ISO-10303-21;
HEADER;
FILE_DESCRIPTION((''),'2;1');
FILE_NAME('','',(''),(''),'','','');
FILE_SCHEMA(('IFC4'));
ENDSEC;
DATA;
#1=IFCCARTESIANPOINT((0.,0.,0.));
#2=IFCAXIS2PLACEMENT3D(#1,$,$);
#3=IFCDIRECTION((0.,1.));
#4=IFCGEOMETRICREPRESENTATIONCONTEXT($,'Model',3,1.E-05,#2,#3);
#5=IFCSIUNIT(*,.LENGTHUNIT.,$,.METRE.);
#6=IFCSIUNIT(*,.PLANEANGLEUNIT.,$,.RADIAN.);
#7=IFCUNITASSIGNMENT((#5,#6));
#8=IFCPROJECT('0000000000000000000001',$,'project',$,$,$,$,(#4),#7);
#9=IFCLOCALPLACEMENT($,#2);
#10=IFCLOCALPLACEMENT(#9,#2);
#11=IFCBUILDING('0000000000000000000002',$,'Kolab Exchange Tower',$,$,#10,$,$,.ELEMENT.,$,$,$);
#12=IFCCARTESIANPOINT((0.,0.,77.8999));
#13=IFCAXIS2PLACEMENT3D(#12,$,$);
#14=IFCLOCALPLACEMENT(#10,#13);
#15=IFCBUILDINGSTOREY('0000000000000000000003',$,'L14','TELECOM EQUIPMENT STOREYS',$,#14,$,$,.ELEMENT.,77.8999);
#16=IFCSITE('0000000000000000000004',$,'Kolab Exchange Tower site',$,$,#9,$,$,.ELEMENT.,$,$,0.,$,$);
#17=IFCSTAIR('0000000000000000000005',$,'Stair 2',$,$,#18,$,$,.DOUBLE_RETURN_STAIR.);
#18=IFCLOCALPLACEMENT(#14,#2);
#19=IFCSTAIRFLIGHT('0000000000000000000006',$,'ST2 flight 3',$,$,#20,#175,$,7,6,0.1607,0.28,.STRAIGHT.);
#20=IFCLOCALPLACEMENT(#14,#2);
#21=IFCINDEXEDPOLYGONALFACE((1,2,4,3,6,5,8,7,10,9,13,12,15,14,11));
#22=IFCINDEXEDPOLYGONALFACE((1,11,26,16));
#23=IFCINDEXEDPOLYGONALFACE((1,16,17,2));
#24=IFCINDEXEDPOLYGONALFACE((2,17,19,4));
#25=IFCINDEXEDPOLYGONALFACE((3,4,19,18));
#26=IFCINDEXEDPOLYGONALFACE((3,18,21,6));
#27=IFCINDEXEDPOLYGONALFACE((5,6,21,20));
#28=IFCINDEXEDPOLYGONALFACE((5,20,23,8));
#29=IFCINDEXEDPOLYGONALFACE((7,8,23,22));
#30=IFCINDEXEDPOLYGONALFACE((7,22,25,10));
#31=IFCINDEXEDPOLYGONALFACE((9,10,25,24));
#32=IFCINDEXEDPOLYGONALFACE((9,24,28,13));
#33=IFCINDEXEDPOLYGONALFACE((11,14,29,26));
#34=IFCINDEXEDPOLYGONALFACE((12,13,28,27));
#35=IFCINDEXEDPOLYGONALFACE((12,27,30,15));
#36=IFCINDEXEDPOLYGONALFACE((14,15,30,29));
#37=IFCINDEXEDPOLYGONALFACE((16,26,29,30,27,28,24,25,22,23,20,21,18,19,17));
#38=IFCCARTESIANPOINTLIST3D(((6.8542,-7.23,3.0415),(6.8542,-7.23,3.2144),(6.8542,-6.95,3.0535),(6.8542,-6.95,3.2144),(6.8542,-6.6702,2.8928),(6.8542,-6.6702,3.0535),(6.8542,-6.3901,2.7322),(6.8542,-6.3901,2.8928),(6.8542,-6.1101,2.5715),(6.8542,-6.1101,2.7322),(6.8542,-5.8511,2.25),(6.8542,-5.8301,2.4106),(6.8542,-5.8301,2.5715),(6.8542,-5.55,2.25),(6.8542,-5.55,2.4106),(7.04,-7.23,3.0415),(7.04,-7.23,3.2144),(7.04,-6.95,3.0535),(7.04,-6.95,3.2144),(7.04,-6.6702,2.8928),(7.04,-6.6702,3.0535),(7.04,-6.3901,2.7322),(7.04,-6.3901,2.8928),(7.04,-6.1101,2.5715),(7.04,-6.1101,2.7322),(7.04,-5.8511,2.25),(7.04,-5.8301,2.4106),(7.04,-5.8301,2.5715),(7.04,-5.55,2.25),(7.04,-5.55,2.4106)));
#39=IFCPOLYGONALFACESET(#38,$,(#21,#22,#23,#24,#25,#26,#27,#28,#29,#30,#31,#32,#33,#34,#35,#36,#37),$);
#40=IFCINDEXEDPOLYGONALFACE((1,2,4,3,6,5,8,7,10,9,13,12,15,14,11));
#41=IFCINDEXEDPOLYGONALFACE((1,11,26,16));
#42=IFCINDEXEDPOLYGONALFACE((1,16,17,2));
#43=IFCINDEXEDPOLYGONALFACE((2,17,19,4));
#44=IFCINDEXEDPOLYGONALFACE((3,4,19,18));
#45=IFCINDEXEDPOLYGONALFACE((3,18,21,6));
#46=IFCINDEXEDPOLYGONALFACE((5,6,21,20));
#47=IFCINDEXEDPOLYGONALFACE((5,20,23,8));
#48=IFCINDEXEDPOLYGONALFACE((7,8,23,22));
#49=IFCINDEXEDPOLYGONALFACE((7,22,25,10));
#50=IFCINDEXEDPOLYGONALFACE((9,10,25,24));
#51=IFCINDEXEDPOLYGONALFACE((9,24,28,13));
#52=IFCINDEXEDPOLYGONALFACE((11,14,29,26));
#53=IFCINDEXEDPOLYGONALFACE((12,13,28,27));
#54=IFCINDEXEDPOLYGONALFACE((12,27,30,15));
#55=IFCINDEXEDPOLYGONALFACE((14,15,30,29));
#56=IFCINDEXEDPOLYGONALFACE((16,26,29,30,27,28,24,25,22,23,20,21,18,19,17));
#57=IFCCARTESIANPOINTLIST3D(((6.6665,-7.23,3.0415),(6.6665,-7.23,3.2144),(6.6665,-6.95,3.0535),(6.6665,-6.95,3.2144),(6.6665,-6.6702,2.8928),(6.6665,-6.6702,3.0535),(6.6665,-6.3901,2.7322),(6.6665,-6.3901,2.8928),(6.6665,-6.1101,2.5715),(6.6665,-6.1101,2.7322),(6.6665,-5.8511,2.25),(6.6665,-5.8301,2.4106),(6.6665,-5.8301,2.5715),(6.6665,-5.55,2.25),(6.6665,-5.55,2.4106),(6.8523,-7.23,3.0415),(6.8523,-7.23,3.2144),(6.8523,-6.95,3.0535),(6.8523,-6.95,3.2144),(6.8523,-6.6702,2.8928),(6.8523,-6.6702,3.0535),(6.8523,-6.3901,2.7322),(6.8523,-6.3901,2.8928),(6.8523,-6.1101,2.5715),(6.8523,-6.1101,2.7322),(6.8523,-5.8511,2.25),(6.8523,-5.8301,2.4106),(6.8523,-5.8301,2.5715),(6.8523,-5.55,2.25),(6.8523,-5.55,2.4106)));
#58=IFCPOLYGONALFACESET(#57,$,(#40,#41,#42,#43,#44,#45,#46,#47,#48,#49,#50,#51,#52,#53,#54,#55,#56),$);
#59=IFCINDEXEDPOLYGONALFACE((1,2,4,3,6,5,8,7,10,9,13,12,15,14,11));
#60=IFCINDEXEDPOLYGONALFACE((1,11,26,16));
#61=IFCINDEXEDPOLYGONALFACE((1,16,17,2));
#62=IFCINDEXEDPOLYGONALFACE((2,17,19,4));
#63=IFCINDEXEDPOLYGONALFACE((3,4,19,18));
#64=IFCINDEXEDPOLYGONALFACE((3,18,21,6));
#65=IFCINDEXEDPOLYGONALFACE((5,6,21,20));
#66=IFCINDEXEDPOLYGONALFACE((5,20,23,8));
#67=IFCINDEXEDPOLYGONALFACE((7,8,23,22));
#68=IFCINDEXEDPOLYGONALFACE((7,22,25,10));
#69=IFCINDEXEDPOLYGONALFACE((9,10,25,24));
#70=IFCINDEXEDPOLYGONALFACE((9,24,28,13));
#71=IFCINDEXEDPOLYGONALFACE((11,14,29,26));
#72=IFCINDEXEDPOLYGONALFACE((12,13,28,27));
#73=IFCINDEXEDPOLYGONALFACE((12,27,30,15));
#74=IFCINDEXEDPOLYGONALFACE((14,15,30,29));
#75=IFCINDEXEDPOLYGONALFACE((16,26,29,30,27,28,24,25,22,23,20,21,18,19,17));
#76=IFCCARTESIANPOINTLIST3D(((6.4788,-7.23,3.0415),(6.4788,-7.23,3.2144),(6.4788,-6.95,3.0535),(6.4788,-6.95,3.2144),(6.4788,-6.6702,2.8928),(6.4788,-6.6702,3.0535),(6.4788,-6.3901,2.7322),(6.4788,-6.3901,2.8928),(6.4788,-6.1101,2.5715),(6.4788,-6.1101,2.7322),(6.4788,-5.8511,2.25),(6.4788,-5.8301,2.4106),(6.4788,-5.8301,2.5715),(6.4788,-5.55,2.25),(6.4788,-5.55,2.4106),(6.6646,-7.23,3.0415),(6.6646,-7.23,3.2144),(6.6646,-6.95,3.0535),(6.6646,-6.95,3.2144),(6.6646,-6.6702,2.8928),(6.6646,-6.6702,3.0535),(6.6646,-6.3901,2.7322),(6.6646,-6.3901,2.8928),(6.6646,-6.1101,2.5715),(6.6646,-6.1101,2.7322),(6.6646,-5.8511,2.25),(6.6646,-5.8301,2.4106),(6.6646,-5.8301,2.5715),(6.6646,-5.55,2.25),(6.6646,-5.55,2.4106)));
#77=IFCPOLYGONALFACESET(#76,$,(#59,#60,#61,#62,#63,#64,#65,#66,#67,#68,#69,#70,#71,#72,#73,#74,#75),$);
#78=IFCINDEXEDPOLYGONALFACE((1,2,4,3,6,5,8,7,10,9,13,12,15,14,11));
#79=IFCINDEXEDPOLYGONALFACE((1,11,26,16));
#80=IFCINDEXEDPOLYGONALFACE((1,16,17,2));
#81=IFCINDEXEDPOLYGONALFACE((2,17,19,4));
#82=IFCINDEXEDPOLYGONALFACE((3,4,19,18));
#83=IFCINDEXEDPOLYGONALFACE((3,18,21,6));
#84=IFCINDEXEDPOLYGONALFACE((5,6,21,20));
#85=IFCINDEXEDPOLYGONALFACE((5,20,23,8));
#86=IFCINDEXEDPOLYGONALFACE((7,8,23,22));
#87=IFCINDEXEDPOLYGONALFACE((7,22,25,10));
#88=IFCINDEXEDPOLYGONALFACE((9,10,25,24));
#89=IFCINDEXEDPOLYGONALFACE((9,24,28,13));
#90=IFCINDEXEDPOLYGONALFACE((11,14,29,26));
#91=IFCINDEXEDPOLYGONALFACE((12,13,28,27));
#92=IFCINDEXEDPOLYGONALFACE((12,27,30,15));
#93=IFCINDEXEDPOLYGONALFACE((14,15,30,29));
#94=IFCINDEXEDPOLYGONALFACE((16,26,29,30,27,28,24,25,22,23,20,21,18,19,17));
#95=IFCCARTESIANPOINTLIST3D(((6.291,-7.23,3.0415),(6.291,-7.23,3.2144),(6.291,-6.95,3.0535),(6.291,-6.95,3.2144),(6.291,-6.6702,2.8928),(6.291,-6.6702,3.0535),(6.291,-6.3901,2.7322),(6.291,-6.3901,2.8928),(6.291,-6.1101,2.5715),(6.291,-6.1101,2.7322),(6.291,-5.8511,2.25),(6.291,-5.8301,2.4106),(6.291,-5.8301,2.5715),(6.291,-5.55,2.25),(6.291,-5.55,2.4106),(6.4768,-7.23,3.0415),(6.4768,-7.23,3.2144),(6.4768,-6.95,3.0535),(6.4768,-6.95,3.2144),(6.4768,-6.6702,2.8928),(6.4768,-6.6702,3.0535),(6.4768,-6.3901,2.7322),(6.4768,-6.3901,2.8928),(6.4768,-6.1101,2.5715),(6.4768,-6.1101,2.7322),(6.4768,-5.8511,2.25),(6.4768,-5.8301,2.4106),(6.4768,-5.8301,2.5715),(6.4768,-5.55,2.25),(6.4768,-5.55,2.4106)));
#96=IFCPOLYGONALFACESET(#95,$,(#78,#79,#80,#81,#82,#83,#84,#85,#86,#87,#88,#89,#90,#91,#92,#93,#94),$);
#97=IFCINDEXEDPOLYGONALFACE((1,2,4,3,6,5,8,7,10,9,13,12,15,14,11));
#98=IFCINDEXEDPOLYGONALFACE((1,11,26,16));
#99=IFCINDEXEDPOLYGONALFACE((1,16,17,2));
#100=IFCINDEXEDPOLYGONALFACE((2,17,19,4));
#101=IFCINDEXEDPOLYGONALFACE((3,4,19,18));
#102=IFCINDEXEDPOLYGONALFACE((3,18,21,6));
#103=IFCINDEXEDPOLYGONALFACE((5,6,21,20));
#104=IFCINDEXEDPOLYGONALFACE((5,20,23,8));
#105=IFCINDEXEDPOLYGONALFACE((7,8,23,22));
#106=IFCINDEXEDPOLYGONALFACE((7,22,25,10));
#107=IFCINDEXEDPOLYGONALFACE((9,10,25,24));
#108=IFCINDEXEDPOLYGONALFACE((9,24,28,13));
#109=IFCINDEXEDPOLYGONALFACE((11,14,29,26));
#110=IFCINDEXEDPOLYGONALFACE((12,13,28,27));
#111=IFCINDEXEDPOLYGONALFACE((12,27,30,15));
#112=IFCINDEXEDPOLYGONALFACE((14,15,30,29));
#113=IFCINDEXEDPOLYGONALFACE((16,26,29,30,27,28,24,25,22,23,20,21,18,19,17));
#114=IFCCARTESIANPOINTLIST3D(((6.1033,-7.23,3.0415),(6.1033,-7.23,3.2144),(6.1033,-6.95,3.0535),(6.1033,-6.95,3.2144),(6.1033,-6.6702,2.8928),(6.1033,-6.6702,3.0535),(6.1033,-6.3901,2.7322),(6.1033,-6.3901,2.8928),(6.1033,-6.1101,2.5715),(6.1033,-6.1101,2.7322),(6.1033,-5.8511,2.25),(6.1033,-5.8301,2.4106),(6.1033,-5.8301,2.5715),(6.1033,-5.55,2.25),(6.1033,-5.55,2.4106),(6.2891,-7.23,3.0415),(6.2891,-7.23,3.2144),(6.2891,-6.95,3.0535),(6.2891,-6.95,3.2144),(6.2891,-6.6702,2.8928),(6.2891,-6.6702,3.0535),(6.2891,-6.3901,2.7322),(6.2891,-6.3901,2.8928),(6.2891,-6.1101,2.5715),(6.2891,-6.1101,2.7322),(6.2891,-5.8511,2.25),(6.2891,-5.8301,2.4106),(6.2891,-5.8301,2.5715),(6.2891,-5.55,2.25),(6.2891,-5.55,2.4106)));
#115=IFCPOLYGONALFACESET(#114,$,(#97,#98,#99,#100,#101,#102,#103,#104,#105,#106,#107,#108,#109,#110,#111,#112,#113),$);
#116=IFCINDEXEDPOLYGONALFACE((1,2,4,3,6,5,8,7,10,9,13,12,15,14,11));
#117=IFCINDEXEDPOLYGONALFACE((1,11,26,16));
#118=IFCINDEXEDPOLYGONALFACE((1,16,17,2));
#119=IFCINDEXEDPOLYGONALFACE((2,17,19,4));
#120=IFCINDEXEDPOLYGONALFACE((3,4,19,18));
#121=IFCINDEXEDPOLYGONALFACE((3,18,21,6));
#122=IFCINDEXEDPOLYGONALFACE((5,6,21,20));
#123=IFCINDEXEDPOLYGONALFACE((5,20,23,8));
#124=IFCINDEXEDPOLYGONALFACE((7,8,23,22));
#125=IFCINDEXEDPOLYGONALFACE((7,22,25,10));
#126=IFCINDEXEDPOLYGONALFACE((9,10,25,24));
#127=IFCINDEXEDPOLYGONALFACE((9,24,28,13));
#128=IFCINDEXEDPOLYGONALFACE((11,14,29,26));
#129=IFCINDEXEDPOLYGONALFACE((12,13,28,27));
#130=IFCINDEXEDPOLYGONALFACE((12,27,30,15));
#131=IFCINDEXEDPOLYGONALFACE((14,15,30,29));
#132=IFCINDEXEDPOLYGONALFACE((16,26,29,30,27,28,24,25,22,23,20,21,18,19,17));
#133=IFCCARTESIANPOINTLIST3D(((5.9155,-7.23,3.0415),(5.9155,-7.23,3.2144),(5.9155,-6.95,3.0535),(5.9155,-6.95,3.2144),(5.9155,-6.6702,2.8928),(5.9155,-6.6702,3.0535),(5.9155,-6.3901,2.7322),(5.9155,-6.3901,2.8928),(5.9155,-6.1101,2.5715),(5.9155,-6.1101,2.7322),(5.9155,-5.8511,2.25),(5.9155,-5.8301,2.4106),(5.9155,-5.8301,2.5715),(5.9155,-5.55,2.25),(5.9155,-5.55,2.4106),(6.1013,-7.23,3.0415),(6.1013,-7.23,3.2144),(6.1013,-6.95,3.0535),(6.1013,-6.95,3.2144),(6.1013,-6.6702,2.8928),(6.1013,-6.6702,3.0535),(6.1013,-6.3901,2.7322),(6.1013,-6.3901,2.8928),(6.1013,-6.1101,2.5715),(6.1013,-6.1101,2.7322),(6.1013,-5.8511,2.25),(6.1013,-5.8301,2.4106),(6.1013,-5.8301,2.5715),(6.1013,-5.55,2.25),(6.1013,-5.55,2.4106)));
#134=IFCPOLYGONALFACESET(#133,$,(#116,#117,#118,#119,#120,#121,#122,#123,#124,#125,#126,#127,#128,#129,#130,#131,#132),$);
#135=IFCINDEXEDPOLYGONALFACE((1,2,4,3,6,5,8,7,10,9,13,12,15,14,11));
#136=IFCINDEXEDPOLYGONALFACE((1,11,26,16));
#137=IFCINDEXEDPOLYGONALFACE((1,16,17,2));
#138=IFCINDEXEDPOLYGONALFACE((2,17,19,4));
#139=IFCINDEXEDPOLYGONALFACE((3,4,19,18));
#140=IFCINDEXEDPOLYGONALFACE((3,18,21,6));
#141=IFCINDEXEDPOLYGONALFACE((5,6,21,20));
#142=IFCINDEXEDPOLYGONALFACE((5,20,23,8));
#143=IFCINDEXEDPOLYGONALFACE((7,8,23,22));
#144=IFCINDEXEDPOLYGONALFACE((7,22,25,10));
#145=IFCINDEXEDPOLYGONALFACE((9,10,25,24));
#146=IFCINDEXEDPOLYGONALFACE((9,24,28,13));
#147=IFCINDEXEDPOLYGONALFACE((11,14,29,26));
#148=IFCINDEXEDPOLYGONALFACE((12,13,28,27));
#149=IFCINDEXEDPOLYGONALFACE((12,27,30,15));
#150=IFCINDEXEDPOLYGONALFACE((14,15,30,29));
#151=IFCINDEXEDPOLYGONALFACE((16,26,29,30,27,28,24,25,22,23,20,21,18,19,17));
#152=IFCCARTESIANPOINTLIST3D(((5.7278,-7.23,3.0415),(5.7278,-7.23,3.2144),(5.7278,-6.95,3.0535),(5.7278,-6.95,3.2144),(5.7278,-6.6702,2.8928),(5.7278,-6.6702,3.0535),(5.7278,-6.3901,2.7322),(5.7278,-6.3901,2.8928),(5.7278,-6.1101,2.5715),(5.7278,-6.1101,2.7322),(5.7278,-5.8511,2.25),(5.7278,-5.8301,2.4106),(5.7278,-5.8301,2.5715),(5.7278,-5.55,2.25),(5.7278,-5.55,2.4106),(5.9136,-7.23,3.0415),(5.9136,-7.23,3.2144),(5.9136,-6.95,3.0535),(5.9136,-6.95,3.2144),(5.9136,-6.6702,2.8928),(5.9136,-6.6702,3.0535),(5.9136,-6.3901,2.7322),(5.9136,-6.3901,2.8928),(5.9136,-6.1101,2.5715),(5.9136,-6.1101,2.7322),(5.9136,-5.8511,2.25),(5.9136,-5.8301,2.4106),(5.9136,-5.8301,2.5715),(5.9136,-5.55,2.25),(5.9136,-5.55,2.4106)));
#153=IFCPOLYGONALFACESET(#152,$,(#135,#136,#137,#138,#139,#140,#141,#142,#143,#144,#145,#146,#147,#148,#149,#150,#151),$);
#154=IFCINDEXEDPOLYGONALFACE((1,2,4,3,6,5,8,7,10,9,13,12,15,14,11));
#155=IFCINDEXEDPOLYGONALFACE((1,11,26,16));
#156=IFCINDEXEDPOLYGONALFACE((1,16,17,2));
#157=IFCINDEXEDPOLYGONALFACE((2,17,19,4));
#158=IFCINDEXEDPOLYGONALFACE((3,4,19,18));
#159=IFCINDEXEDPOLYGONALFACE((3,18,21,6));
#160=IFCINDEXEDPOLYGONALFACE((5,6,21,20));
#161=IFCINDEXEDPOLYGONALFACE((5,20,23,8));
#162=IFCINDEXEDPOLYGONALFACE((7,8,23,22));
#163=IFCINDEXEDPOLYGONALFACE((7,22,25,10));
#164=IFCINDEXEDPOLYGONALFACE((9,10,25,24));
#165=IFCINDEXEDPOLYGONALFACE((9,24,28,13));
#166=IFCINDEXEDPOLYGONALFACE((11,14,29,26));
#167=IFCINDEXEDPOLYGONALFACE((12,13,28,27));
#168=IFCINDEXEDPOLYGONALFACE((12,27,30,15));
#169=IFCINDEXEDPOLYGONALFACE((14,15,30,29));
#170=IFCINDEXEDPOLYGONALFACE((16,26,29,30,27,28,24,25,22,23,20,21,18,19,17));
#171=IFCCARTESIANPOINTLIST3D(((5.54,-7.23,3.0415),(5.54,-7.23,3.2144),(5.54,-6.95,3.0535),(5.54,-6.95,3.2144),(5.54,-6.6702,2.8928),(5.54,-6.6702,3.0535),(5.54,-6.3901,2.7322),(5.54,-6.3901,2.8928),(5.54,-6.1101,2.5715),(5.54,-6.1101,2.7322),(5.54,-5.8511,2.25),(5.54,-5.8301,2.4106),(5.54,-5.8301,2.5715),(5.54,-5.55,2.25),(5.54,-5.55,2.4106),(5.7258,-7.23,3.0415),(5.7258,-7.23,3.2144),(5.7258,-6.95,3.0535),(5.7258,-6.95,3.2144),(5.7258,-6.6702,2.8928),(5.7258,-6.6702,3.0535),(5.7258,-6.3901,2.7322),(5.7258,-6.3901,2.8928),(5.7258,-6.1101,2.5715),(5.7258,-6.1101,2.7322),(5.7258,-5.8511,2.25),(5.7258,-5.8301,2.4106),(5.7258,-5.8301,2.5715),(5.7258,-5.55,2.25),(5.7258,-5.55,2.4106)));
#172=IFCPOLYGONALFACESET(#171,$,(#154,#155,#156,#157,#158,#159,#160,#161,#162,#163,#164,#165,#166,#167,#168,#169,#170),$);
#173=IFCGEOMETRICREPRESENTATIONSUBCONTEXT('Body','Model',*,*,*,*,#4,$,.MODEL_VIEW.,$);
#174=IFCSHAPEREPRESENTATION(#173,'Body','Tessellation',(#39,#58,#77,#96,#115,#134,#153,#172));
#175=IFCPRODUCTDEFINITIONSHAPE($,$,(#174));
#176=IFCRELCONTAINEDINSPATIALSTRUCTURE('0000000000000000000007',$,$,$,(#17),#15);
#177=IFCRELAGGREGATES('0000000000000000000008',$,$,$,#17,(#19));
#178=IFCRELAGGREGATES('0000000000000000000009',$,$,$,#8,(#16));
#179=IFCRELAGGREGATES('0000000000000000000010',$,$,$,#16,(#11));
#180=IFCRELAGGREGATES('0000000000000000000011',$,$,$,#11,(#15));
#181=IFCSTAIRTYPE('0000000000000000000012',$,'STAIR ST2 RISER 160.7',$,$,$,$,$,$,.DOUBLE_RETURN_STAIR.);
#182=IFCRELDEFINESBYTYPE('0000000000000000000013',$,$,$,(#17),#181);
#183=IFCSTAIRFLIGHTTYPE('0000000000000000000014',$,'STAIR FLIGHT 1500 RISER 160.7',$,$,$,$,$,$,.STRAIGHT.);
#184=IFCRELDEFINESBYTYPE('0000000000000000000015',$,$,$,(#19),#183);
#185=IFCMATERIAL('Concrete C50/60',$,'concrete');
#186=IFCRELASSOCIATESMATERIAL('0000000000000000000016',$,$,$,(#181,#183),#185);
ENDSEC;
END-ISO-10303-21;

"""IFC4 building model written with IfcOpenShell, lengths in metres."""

from ifc_helpers import new_model, si_unit, direction, frame, origin, place, context, subcontext, project, spatial, polyline, outline, extrude, material, type_object, element, aggregate, save


model = new_model("IFC4")

# Units and contexts
model_context = context("Model", 3, precision=1e-05, world=origin(), true_north=direction((0.0, 1.0)))
body_context = subcontext(model_context, "Body", "Model", "MODEL_VIEW")
ifc_project = project(units=[si_unit("LENGTHUNIT", "METRE"), si_unit("PLANEANGLEUNIT", "RADIAN")], contexts=[model_context])

# Site, building, storey
site_placement = place(None, origin())
site = spatial("IfcSite", under=ifc_project, at=site_placement, Name="Kolab Exchange Tower site", CompositionType="ELEMENT", RefElevation=0.0)
building_placement = place(site_placement, origin())
building = spatial("IfcBuilding", under=site, at=building_placement, Name="Kolab Exchange Tower", CompositionType="ELEMENT")
storey_placement = place(building_placement, frame((0.0, 0.0, 77.8999)))
storey = spatial("IfcBuildingStorey", under=building, at=storey_placement, Name="L14", Description="TELECOM EQUIPMENT STOREYS", CompositionType="ELEMENT", Elevation=77.8999)

# Shared definitions
ifc_material_1 = material(Name="Concrete C50/60", Category="concrete")

# Stair, stair flight
stair_type = type_object("IfcStairType", Name="STAIR ST2 RISER 160.7", PredefinedType="DOUBLE_RETURN_STAIR", material=ifc_material_1)
stair_placement = place(storey_placement, origin())
stair = element("IfcStair", 1, at=stair_placement, inside=storey, type_object=stair_type, Name="Stair 2", PredefinedType="DOUBLE_RETURN_STAIR")
stair_flight_type = type_object("IfcStairFlightType", Name="STAIR FLIGHT 1500 RISER 160.7", PredefinedType="STRAIGHT", material=ifc_material_1)
stair_flight_1_placement = place(storey_placement, frame((6.29, -5.55, 2.25), z_axis=(0.0, 0.0, 1.0), x_axis=(0.0, -1.0, 0.0)))
stair_flight_1 = element("IfcStairFlight", 2, at=stair_flight_1_placement, type_object=stair_flight_type, Name="ST2 flight 3", NumberOfRisers=7, NumberOfTreads=6, PredefinedType="STRAIGHT", RiserHeight=0.1607, TreadLength=0.28, context=body_context, shape_type="SweptSolid", body=[
    extrude(outline(polyline([(0.0, 0.0), (0.0, 0.1606), (0.28, 0.1606), (0.28, 0.3215), (0.5601, 0.3215), (0.5601, 0.4822), (0.8401, 0.4822), (0.8401, 0.6428), (1.1201, 0.6428), (1.1201, 0.8035), (1.3999, 0.8035), (1.3999, 0.9644), (1.6799, 0.9644), (1.6799, 1.125), (1.6799, 0.7915), (0.301, 0.0), (0.0, 0.0)])), frame((0.0, 0.75, 0.0), z_axis=(0.0, -1.0, 0.0), x_axis=(1.0, 0.0, 0.0)), (0.0, 0.0, 1.0), 0.1858),
    extrude(outline(polyline([(0.0, 0.0), (0.0, 0.1606), (0.28, 0.1606), (0.28, 0.3215), (0.5601, 0.3215), (0.5601, 0.4822), (0.8401, 0.4822), (0.8401, 0.6428), (1.1201, 0.6428), (1.1201, 0.8035), (1.3999, 0.8035), (1.3999, 0.9644), (1.6799, 0.9644), (1.6799, 1.125), (1.6799, 0.7915), (0.301, 0.0), (0.0, 0.0)])), frame((0.0, 0.5623, 0.0), z_axis=(0.0, -1.0, 0.0), x_axis=(1.0, 0.0, 0.0)), (0.0, 0.0, 1.0), 0.1858),
    extrude(outline(polyline([(0.0, 0.0), (0.0, 0.1606), (0.28, 0.1606), (0.28, 0.3215), (0.5601, 0.3215), (0.5601, 0.4822), (0.8401, 0.4822), (0.8401, 0.6428), (1.1201, 0.6428), (1.1201, 0.8035), (1.3999, 0.8035), (1.3999, 0.9644), (1.6799, 0.9644), (1.6799, 1.125), (1.6799, 0.7915), (0.301, 0.0), (0.0, 0.0)])), frame((0.0, 0.3745, 0.0), z_axis=(0.0, -1.0, 0.0), x_axis=(1.0, 0.0, 0.0)), (0.0, 0.0, 1.0), 0.1858),
    extrude(outline(polyline([(0.0, 0.0), (0.0, 0.1606), (0.28, 0.1606), (0.28, 0.3215), (0.5601, 0.3215), (0.5601, 0.4822), (0.8401, 0.4822), (0.8401, 0.6428), (1.1201, 0.6428), (1.1201, 0.8035), (1.3999, 0.8035), (1.3999, 0.9644), (1.6799, 0.9644), (1.6799, 1.125), (1.6799, 0.7915), (0.301, 0.0), (0.0, 0.0)])), frame((0.0, 0.1868, 0.0), z_axis=(0.0, -1.0, 0.0), x_axis=(1.0, 0.0, 0.0)), (0.0, 0.0, 1.0), 0.1858),
    extrude(outline(polyline([(0.0, 0.0), (0.0, 0.1606), (0.28, 0.1606), (0.28, 0.3215), (0.5601, 0.3215), (0.5601, 0.4822), (0.8401, 0.4822), (0.8401, 0.6428), (1.1201, 0.6428), (1.1201, 0.8035), (1.3999, 0.8035), (1.3999, 0.9644), (1.6799, 0.9644), (1.6799, 1.125), (1.6799, 0.7915), (0.301, 0.0), (0.0, 0.0)])), frame((0.0, -0.001, 0.0), z_axis=(0.0, -1.0, 0.0), x_axis=(1.0, 0.0, 0.0)), (0.0, 0.0, 1.0), 0.1858),
    extrude(outline(polyline([(0.0, 0.0), (0.0, 0.1606), (0.28, 0.1606), (0.28, 0.3215), (0.5601, 0.3215), (0.5601, 0.4822), (0.8401, 0.4822), (0.8401, 0.6428), (1.1201, 0.6428), (1.1201, 0.8035), (1.3999, 0.8035), (1.3999, 0.9644), (1.6799, 0.9644), (1.6799, 1.125), (1.6799, 0.7915), (0.301, 0.0), (0.0, 0.0)])), frame((0.0, -0.1887, 0.0), z_axis=(0.0, -1.0, 0.0), x_axis=(1.0, 0.0, 0.0)), (0.0, 0.0, 1.0), 0.1858),
    extrude(outline(polyline([(0.0, 0.0), (0.0, 0.1606), (0.28, 0.1606), (0.28, 0.3215), (0.5601, 0.3215), (0.5601, 0.4822), (0.8401, 0.4822), (0.8401, 0.6428), (1.1201, 0.6428), (1.1201, 0.8035), (1.3999, 0.8035), (1.3999, 0.9644), (1.6799, 0.9644), (1.6799, 1.125), (1.6799, 0.7915), (0.301, 0.0), (0.0, 0.0)])), frame((0.0, -0.3765, 0.0), z_axis=(0.0, -1.0, 0.0), x_axis=(1.0, 0.0, 0.0)), (0.0, 0.0, 1.0), 0.1858),
    extrude(outline(polyline([(0.0, 0.0), (0.0, 0.1606), (0.28, 0.1606), (0.28, 0.3215), (0.5601, 0.3215), (0.5601, 0.4822), (0.8401, 0.4822), (0.8401, 0.6428), (1.1201, 0.6428), (1.1201, 0.8035), (1.3999, 0.8035), (1.3999, 0.9644), (1.6799, 0.9644), (1.6799, 1.125), (1.6799, 0.7915), (0.301, 0.0), (0.0, 0.0)])), frame((0.0, -0.5642, 0.0), z_axis=(0.0, -1.0, 0.0), x_axis=(1.0, 0.0, 0.0)), (0.0, 0.0, 1.0), 0.1858),
])
aggregate(stair, [stair_flight_1])

save(model, "model.ifc")
